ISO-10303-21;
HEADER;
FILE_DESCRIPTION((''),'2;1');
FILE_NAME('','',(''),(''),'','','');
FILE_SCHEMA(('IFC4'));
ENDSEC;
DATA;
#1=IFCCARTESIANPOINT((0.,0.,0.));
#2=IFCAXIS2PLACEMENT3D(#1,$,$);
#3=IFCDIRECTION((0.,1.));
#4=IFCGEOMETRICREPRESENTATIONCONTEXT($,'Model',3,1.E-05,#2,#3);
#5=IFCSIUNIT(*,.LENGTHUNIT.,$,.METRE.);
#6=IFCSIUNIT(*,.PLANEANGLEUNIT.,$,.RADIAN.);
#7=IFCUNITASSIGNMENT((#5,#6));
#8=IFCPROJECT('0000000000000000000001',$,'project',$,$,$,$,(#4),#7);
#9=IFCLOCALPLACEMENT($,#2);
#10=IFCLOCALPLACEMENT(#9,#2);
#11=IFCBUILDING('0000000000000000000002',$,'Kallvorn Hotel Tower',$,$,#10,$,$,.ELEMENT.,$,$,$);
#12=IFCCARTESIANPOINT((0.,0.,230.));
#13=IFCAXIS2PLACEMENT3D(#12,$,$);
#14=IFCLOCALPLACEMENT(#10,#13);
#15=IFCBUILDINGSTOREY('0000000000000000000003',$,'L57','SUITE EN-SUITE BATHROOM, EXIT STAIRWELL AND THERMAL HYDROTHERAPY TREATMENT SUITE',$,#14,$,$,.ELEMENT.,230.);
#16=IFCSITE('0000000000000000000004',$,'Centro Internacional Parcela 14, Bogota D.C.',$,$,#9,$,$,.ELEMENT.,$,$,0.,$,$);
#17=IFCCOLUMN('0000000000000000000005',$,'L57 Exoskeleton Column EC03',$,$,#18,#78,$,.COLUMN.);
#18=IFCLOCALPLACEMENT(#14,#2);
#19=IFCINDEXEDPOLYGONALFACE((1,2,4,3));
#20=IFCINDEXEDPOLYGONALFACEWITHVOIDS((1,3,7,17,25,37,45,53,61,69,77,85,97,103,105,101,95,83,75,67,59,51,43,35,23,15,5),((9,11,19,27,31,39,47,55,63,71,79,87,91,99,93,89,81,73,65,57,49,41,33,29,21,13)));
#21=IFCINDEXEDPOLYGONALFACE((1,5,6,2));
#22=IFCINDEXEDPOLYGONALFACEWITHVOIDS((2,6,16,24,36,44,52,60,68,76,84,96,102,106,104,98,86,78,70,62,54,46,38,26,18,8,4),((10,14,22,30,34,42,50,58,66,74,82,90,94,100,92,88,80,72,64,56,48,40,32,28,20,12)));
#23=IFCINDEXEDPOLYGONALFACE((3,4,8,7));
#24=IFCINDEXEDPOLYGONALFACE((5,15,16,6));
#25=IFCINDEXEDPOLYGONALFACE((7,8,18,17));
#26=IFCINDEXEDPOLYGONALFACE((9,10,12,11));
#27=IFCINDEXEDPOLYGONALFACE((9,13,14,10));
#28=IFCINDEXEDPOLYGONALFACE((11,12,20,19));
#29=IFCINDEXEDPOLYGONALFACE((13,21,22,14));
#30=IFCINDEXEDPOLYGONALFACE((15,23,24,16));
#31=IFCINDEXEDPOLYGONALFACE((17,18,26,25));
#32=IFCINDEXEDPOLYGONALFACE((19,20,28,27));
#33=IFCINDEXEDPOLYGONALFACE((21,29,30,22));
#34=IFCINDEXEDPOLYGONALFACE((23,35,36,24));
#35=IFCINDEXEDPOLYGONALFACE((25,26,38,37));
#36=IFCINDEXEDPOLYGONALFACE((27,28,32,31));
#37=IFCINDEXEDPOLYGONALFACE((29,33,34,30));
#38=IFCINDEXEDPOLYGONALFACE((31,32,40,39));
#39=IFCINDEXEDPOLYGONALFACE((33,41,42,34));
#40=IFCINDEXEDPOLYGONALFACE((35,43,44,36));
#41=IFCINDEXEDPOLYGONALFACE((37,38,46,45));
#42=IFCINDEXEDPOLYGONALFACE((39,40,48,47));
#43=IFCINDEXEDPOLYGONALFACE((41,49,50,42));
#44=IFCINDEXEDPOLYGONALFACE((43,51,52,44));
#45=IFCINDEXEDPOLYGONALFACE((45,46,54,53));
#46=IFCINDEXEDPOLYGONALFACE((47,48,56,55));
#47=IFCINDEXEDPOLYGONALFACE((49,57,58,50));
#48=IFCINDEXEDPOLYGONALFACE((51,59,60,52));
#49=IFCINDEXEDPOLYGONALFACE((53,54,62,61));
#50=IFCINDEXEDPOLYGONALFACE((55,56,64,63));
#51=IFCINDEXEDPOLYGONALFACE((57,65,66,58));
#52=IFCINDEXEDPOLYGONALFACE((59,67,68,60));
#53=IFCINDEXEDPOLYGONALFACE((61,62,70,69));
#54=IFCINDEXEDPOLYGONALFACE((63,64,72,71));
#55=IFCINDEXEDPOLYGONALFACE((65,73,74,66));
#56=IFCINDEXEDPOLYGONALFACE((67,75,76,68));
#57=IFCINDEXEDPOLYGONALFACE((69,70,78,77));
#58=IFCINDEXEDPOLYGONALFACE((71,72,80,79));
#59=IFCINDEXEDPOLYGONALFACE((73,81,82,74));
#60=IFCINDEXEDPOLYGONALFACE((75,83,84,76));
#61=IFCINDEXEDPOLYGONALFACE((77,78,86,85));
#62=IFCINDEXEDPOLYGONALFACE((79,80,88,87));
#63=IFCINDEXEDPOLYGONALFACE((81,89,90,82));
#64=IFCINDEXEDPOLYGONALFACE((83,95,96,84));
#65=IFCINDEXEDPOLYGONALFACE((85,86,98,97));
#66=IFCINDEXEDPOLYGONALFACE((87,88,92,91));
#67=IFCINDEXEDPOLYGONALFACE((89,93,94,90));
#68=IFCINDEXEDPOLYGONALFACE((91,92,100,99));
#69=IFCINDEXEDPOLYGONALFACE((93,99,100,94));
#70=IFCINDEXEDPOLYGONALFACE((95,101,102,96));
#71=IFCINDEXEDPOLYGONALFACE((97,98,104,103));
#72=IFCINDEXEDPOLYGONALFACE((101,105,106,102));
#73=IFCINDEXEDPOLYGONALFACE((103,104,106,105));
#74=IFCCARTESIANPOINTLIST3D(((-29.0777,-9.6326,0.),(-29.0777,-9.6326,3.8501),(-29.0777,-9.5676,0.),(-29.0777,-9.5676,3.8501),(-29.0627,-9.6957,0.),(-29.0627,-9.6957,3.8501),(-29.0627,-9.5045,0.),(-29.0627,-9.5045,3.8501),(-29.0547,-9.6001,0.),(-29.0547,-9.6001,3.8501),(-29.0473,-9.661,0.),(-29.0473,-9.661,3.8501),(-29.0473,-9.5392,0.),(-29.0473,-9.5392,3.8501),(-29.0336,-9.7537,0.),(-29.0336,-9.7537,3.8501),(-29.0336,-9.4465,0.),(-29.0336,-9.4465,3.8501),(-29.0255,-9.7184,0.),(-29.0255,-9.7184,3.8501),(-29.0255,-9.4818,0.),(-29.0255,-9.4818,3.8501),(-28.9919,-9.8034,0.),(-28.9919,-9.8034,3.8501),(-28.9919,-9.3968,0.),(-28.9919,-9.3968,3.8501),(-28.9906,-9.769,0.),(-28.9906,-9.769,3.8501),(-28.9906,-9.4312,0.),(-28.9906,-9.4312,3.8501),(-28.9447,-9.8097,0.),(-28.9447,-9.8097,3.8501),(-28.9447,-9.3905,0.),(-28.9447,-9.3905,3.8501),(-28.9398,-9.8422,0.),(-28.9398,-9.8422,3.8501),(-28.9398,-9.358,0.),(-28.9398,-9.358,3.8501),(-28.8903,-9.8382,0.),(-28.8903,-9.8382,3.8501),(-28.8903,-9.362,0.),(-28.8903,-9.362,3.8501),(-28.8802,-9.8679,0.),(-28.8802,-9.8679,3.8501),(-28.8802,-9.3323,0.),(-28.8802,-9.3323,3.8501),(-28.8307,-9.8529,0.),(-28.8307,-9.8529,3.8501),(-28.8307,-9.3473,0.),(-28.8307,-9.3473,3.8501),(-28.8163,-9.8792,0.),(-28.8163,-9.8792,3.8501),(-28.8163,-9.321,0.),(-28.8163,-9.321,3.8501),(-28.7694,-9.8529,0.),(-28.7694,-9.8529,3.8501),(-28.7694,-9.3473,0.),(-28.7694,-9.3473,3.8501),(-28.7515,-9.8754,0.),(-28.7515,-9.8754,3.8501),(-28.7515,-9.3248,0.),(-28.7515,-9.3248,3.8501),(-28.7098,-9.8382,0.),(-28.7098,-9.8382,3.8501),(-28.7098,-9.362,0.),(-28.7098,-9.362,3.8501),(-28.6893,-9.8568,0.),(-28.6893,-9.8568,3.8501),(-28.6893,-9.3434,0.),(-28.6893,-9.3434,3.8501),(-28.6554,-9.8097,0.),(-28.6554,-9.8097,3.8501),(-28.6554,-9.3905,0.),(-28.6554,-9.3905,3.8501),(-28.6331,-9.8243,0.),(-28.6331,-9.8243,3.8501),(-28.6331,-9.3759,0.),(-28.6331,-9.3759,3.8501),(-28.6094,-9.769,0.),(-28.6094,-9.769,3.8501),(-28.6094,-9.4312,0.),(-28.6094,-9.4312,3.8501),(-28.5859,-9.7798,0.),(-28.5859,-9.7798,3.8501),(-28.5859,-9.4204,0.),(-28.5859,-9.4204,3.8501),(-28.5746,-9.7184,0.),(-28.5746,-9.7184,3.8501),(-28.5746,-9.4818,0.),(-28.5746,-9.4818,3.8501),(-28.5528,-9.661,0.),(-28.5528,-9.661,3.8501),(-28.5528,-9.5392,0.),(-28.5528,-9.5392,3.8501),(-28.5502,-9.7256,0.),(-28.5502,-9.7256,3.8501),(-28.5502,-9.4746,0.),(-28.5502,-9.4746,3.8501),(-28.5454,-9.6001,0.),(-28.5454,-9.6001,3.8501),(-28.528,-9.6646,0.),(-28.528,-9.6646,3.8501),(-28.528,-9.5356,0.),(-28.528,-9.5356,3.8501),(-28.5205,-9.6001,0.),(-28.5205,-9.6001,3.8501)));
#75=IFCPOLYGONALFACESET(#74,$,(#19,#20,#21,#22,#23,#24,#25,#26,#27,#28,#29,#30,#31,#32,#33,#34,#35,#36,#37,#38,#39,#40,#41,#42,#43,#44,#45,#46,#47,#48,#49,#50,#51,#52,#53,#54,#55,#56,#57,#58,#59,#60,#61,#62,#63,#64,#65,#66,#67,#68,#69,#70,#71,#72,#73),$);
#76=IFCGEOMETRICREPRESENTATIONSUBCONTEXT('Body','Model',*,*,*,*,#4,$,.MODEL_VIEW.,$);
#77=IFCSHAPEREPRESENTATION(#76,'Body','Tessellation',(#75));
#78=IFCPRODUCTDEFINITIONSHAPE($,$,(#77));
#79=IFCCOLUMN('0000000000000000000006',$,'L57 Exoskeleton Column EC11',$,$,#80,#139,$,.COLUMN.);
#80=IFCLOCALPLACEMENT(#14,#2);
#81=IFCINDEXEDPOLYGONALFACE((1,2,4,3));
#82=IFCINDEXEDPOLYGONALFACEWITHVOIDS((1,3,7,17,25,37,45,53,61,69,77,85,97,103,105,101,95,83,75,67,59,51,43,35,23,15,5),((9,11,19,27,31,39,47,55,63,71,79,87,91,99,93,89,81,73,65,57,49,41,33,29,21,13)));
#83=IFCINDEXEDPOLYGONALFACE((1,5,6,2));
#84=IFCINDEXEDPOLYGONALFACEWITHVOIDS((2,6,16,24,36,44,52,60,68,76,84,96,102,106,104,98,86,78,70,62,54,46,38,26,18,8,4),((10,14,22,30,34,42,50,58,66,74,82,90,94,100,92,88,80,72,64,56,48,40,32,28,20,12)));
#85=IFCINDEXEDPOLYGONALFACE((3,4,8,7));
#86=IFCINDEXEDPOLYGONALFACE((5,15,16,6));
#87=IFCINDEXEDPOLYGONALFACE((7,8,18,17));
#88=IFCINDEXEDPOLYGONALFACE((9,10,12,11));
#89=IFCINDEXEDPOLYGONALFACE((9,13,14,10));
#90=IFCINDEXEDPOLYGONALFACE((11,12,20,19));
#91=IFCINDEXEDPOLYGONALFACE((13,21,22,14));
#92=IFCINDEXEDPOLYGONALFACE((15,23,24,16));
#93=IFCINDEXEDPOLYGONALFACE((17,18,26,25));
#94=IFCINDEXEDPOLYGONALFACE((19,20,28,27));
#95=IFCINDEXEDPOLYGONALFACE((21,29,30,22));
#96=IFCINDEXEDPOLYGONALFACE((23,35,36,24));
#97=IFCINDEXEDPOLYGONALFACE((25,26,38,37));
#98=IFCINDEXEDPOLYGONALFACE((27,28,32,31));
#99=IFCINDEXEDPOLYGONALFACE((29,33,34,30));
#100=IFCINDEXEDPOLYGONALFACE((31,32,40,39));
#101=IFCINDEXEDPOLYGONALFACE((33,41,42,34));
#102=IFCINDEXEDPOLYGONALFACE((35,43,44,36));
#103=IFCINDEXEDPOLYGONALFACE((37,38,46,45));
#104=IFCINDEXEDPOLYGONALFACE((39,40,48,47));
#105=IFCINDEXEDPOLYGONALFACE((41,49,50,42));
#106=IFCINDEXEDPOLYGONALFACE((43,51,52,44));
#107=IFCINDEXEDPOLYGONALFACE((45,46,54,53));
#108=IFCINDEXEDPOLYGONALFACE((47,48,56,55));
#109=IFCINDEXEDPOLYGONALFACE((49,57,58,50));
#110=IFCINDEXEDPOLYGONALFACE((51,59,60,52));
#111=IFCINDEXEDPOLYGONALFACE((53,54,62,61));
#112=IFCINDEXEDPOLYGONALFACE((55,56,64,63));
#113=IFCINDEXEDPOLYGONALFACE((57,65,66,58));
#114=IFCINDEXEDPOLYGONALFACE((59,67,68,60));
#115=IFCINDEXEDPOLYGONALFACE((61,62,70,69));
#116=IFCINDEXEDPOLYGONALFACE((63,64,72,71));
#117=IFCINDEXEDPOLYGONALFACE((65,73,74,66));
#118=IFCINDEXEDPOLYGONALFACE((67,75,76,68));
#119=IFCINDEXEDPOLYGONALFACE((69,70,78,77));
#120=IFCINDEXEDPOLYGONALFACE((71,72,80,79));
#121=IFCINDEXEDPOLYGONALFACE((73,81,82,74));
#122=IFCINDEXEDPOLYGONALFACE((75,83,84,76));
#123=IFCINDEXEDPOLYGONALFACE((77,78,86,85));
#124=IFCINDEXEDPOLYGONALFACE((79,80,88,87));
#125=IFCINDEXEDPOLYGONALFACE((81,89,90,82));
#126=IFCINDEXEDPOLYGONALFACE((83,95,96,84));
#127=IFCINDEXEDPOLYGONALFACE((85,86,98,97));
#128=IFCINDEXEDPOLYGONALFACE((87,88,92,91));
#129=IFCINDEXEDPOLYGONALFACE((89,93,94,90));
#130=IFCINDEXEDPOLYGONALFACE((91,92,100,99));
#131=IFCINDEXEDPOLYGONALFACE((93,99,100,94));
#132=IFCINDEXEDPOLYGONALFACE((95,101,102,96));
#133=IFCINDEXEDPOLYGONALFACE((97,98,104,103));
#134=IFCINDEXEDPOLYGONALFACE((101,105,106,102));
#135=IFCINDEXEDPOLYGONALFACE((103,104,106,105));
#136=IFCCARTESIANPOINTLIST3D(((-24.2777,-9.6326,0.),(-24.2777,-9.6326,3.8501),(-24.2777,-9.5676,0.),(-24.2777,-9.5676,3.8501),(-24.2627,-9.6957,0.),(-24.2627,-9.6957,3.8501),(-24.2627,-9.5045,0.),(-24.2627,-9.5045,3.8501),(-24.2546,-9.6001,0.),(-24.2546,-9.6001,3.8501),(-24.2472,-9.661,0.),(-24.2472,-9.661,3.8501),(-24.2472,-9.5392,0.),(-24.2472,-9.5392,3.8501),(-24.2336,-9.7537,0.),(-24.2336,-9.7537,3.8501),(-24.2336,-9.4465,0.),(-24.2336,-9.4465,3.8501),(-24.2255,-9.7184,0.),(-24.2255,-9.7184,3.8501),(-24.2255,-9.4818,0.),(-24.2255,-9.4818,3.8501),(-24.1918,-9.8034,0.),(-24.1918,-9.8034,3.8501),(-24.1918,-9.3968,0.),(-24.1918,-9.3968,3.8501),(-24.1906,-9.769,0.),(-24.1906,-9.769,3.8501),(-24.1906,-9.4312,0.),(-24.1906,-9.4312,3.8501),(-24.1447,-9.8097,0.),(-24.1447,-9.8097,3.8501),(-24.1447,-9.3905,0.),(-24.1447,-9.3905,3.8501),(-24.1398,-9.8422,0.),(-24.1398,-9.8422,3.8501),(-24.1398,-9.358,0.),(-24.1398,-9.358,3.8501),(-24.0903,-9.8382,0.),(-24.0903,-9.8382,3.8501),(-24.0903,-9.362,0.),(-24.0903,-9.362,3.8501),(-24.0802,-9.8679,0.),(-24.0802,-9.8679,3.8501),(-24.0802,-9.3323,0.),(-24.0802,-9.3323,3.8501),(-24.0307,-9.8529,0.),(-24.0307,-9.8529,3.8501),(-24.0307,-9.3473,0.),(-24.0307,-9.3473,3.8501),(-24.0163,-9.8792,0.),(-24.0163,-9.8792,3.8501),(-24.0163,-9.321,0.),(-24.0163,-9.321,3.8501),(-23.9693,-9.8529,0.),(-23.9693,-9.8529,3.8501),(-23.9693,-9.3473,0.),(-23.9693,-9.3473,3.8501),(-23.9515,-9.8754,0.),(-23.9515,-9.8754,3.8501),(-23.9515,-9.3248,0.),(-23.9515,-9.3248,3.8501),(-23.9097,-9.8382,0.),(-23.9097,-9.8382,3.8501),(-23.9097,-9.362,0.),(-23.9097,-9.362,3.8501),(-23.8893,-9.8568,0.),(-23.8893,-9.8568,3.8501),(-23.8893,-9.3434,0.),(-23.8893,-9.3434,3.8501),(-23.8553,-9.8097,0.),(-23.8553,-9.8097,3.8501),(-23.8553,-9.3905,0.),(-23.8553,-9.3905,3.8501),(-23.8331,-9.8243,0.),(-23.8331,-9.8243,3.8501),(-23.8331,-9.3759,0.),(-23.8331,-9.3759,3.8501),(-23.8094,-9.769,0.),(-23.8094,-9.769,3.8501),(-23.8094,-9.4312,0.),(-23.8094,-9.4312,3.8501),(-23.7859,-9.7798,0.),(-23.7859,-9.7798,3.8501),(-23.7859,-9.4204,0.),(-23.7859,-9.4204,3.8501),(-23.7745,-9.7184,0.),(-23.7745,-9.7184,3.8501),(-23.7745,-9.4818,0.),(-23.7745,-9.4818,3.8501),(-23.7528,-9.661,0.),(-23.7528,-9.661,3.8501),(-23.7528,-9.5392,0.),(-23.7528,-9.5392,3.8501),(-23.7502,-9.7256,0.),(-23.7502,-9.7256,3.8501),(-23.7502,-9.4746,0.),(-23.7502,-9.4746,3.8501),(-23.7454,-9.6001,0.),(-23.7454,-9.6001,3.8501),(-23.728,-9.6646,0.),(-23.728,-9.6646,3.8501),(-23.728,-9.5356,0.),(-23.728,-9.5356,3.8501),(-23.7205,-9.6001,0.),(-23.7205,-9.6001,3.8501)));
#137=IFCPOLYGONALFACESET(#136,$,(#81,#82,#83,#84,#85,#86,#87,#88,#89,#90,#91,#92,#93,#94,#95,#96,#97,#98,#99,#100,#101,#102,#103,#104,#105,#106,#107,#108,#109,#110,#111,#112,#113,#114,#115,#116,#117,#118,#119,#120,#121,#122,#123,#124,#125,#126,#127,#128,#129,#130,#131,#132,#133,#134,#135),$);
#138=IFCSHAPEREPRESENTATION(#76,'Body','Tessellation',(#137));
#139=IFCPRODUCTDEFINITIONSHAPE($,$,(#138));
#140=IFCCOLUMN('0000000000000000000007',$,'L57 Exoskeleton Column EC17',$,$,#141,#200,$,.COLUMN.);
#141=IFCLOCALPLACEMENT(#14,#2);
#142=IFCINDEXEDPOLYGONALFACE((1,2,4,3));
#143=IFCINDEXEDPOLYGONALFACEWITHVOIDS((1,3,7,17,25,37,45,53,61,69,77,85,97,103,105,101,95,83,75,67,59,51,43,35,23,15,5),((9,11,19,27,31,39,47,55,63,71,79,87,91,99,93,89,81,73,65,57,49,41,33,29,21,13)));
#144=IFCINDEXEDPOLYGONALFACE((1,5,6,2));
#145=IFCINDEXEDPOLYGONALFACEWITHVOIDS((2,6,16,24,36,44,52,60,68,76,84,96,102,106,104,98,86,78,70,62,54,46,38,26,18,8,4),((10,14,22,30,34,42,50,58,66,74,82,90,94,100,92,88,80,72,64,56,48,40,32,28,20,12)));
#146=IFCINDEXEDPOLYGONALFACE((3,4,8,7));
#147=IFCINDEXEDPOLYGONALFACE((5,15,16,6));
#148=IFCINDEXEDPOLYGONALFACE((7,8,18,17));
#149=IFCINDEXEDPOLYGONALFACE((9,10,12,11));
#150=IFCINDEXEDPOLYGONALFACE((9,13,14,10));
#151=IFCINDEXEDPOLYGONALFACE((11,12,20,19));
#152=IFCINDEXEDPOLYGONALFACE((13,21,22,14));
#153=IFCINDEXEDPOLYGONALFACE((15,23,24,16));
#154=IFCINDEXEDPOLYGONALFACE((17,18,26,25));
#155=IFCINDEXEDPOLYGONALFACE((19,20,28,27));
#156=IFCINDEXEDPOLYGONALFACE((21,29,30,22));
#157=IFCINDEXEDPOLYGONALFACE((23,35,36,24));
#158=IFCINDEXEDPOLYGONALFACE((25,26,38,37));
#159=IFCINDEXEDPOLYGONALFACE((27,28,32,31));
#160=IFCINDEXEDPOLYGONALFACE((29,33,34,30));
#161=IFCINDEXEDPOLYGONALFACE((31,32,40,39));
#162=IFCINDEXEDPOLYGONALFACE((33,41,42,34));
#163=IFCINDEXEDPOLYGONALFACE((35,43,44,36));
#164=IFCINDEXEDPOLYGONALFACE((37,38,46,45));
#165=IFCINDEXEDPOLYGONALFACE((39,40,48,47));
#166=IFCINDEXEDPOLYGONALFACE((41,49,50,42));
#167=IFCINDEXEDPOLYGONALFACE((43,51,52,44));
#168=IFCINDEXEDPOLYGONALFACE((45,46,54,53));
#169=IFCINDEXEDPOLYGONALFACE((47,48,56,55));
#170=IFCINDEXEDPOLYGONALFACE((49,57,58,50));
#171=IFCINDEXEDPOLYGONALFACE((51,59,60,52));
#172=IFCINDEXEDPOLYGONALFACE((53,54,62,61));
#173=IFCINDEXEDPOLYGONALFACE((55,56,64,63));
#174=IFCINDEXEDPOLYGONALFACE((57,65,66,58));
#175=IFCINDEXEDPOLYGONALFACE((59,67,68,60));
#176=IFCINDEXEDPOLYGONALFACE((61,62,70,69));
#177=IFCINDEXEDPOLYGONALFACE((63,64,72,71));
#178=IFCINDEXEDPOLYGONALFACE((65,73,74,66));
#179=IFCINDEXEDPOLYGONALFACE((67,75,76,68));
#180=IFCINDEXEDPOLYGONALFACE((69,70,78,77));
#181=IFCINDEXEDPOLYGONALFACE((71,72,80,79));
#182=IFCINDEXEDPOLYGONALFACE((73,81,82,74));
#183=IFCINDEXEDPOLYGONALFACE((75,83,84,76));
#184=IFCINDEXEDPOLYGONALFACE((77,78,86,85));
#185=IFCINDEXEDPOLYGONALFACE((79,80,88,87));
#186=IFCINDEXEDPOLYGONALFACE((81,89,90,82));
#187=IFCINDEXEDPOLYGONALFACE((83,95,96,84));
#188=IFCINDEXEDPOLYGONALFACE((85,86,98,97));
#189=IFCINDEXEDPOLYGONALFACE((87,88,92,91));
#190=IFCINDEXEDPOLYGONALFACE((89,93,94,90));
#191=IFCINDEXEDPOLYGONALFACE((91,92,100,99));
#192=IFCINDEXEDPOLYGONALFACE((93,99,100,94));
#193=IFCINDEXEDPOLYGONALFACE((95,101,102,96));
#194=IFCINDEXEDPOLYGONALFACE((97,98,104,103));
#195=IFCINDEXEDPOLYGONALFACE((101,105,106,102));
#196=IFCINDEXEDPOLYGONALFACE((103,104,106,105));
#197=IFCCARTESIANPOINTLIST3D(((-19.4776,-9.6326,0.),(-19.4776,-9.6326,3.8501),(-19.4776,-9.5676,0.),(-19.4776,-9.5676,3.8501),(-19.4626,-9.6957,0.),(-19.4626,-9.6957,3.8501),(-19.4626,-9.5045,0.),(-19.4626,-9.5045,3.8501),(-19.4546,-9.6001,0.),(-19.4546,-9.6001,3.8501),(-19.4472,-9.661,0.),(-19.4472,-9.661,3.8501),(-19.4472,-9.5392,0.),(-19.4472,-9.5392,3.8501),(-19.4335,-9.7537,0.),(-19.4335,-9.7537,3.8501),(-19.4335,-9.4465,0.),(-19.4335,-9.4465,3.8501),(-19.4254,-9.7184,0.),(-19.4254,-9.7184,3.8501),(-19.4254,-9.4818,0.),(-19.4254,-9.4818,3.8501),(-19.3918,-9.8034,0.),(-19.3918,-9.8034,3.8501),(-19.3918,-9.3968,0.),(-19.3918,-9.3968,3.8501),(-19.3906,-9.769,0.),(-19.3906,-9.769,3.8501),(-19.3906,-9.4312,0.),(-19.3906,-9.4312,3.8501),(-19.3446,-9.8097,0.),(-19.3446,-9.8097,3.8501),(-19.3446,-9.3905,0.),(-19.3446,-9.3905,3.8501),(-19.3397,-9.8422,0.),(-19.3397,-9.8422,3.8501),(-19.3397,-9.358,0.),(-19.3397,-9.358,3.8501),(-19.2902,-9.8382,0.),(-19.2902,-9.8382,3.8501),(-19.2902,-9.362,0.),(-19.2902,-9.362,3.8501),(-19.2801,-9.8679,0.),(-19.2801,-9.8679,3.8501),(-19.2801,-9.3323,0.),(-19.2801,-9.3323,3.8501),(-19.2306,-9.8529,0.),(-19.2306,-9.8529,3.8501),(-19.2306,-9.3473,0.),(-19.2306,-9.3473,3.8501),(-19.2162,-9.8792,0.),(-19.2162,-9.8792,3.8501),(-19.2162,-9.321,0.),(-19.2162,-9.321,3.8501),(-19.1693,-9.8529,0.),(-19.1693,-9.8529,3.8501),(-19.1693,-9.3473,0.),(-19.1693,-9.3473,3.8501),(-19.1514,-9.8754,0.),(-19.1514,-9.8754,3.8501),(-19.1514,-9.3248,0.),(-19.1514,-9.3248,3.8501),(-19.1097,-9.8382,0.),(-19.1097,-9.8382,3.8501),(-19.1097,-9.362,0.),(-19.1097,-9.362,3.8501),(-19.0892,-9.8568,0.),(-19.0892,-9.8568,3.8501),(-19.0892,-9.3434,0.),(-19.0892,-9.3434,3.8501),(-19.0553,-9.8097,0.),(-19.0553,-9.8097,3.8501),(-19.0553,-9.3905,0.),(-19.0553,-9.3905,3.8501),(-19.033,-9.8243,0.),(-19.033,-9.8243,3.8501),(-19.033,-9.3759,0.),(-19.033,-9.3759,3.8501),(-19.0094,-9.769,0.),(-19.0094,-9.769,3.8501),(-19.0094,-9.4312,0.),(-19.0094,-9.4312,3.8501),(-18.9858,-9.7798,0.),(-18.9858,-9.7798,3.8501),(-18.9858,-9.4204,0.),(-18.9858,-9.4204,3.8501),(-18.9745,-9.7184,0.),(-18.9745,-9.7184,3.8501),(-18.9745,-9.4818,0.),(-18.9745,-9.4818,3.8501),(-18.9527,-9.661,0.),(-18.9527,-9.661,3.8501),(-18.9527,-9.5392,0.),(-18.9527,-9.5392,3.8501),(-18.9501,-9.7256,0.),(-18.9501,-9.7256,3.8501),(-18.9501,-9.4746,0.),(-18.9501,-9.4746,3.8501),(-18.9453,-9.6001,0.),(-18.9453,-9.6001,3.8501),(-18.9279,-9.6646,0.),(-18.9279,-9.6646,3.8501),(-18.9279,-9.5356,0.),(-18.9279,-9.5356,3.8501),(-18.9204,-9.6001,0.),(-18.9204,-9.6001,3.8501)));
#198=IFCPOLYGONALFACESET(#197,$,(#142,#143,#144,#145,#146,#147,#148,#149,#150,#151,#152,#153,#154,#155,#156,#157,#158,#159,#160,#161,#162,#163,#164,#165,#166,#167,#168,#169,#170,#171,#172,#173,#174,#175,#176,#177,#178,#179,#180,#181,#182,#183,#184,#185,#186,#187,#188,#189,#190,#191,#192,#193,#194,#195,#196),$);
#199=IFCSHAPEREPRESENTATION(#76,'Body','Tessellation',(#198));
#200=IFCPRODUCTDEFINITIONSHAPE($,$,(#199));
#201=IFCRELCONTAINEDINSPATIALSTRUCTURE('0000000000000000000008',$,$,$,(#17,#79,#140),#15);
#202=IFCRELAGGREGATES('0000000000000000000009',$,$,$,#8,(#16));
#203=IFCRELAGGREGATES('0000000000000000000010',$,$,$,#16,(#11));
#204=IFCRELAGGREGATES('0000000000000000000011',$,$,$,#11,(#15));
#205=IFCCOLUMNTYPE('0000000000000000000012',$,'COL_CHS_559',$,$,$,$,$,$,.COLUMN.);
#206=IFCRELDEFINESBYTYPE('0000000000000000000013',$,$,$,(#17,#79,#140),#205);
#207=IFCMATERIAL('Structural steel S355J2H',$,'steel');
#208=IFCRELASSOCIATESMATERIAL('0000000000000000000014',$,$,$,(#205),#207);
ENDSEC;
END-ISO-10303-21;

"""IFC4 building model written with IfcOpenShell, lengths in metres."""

from ifc_helpers import new_model, si_unit, direction, frame, origin, origin_2d, place, context, subcontext, project, spatial, hollow_circle, extrude, material, material_profile, profile_set, type_object, element, save


model = new_model("IFC4")

# Units and contexts
model_context = context("Model", 3, precision=1e-05, world=origin(), true_north=direction((0.0, 1.0)))
body_context = subcontext(model_context, "Body", "Model", "MODEL_VIEW")
ifc_project = project(units=[si_unit("LENGTHUNIT", "METRE"), si_unit("PLANEANGLEUNIT", "RADIAN")], contexts=[model_context])

# Site, building, storey
site_placement = place(None, origin())
site = spatial("IfcSite", under=ifc_project, at=site_placement, Name="Centro Internacional Parcela 14, Bogota D.C.", CompositionType="ELEMENT", RefElevation=0.0)
building_placement = place(site_placement, origin())
building = spatial("IfcBuilding", under=site, at=building_placement, Name="Kallvorn Hotel Tower", CompositionType="ELEMENT")
storey_placement = place(building_placement, frame((0.0, 0.0, 230.0)))
storey = spatial("IfcBuildingStorey", under=building, at=storey_placement, Name="L57", Description="SUITE EN-SUITE BATHROOM, EXIT STAIRWELL AND THERMAL HYDROTHERAPY TREATMENT SUITE", CompositionType="ELEMENT", Elevation=230.0)

# Columns
ifc_material_1 = material(Name="Structural steel S355J2H", Category="steel")
ifc_material_profile_1 = material_profile(ifc_material_1, hollow_circle(Radius=0.2795, WallThickness=0.0249, at=origin_2d()), Name="CHS 559x25")
ifc_profile_set_1 = profile_set([ifc_material_profile_1], Name="Structural steel S355J2H")
column_type = type_object("IfcColumnType", Name="COL_CHS_559", PredefinedType="COLUMN", material=ifc_profile_set_1)
for number, where, z_axis, x_axis, name in (
    (1, (-28.8, -9.6001, 0.0), (0.0, 0.0, 1.0), (1.0, 0.0, 0.0), "L57 Exoskeleton Column EC03"),
    (2, (-24.0, -9.6001, 0.0), (0.0, 0.0, 1.0), (1.0, 0.0, 0.0), "L57 Exoskeleton Column EC11"),
    (3, (-19.2, -9.6001, 0.0), (0.0, 0.0, 1.0), (1.0, 0.0, 0.0), "L57 Exoskeleton Column EC17"),
):
    element("IfcColumn", number, at=place(storey_placement, frame(where, z_axis=z_axis, x_axis=x_axis)), inside=storey, type_object=column_type, Name=name, PredefinedType="COLUMN", context=body_context, shape_type="SweptSolid", body=[
        extrude(hollow_circle(Radius=0.2795, WallThickness=0.0249, at=origin_2d()), origin(), (0.0, 0.0, 1.0), 3.8501),
    ])

save(model, "model.ifc")
